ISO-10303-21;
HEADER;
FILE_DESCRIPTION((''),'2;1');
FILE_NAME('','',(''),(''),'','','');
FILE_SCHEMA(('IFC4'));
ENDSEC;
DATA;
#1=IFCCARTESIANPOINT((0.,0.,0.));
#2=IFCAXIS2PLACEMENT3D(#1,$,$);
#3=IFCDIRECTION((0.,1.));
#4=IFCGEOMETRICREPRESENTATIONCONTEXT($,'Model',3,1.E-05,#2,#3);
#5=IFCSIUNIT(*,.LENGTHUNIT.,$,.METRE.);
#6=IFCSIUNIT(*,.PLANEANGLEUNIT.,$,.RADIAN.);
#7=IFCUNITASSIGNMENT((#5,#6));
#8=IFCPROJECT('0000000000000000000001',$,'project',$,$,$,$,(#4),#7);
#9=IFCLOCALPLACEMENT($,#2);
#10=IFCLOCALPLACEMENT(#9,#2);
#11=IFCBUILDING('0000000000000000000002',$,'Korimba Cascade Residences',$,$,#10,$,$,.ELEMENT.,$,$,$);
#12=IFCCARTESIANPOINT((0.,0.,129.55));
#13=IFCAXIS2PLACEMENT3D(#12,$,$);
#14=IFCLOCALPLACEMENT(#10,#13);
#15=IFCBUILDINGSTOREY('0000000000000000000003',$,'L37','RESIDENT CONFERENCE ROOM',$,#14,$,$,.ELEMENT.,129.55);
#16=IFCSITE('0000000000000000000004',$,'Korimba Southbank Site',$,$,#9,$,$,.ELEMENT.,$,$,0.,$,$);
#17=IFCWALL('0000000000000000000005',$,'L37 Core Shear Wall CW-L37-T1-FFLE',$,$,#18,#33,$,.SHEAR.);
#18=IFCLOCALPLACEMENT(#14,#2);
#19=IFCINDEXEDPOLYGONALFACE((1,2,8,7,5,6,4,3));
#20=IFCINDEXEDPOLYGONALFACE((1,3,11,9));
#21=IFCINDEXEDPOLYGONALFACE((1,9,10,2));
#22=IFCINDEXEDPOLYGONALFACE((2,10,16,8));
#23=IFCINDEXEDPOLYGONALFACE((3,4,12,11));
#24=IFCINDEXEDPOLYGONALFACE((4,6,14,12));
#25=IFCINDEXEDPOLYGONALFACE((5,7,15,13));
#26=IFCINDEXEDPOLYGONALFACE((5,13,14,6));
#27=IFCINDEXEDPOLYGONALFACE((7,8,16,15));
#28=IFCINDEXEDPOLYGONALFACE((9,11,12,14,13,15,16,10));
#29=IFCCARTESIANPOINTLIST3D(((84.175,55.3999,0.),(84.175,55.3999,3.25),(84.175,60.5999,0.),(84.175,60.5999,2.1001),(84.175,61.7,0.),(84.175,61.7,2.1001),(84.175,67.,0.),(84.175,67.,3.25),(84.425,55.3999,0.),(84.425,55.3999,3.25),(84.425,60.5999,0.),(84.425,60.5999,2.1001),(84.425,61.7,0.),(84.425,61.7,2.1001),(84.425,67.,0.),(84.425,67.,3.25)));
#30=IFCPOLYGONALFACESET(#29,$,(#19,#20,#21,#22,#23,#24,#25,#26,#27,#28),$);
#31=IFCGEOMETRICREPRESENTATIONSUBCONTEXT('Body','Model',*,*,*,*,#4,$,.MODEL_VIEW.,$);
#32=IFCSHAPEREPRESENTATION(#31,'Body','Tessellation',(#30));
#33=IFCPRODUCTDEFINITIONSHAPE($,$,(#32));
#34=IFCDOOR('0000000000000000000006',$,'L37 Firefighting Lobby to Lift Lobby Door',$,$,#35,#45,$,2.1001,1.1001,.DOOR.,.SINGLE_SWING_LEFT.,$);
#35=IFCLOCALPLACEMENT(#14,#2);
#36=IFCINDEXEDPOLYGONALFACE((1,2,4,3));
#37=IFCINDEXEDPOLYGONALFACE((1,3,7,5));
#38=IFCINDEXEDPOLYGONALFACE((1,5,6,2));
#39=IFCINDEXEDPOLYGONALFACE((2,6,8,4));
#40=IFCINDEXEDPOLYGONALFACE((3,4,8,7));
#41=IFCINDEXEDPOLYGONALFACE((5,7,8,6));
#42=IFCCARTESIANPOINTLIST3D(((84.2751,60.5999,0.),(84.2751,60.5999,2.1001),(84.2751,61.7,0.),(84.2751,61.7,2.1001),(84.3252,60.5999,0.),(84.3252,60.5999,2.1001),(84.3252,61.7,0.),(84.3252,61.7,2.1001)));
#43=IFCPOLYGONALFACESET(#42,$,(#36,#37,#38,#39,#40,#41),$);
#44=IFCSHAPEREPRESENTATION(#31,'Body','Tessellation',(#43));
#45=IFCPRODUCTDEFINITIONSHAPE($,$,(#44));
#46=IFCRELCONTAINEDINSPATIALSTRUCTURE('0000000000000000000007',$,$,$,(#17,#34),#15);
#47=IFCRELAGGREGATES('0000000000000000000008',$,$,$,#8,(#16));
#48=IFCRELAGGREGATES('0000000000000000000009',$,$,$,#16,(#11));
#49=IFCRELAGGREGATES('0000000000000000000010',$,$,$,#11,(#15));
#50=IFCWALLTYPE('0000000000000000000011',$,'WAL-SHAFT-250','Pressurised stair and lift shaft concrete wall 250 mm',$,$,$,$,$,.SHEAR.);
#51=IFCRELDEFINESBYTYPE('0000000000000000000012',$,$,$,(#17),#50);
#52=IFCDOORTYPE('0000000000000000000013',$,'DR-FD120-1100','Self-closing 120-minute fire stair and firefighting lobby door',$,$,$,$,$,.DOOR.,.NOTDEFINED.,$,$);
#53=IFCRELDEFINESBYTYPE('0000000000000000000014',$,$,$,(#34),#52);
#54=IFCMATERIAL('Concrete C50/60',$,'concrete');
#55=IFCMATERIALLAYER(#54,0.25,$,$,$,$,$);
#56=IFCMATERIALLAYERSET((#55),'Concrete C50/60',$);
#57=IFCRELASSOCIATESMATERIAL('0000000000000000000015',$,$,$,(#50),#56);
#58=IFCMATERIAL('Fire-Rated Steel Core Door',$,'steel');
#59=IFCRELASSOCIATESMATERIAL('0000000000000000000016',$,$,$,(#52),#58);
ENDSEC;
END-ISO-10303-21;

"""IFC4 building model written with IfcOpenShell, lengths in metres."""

from ifc_helpers import new_model, si_unit, direction, frame, frame_2d, origin, place, context, subcontext, project, spatial, rectangle, extrude, material, layer, layer_set, type_object, element, fill, save


model = new_model("IFC4")

# Units and contexts
model_context = context("Model", 3, precision=1e-05, world=origin(), true_north=direction((0.0, 1.0)))
body_context = subcontext(model_context, "Body", "Model", "MODEL_VIEW")
ifc_project = project(units=[si_unit("LENGTHUNIT", "METRE"), si_unit("PLANEANGLEUNIT", "RADIAN")], contexts=[model_context])

# Site, building, storey
site_placement = place(None, origin())
site = spatial("IfcSite", under=ifc_project, at=site_placement, Name="Korimba Southbank Site", CompositionType="ELEMENT", RefElevation=0.0)
building_placement = place(site_placement, origin())
building = spatial("IfcBuilding", under=site, at=building_placement, Name="Korimba Cascade Residences", CompositionType="ELEMENT")
storey_placement = place(building_placement, frame((0.0, 0.0, 129.55)))
storey = spatial("IfcBuildingStorey", under=building, at=storey_placement, Name="L37", Description="RESIDENT CONFERENCE ROOM", CompositionType="ELEMENT", Elevation=129.55)

# Shared definitions
ifc_material_1 = material(Name="Concrete C50/60", Category="concrete")
ifc_layer_1 = layer(ifc_material_1, 0.25)
ifc_layer_set_1 = layer_set([ifc_layer_1], Name="Concrete C50/60")
wall_type_1 = type_object("IfcWallType", Name="WAL-SHAFT-250", Description="Pressurised stair and lift shaft concrete wall 250 mm", PredefinedType="SHEAR", material=ifc_layer_set_1)
ifc_material_2 = material(Name="Fire-Rated Steel Core Door", Category="steel")
door_type_1 = type_object("IfcDoorType", Name="DR-FD120-1100", Description="Self-closing 120-minute fire stair and firefighting lobby door", OperationType="NOTDEFINED", PredefinedType="DOOR", material=ifc_material_2)

# Wall, opening, door
wall_1_placement = place(storey_placement, frame((84.3, 55.3999, 0.0), z_axis=(0.0, 0.0, 1.0), x_axis=(0.0, 1.0, 0.0)))
wall_1 = element("IfcWall", 1, at=wall_1_placement, inside=storey, type_object=wall_type_1, Name="L37 Core Shear Wall CW-L37-T1-FFLE", PredefinedType="SHEAR", context=body_context, shape_type="SweptSolid", body=[
    extrude(rectangle(XDim=11.6001, YDim=0.25, at=frame_2d((5.8, 0.0))), origin(), (0.0, 0.0, 1.0), 3.25),
])
opening_1_placement = place(wall_1_placement, frame((5.2, 0.0, 0.0)))
opening_1 = element("IfcOpeningElement", 2, at=opening_1_placement, cuts=wall_1, PredefinedType="OPENING", context=body_context, shape_type="SweptSolid", body=[
    extrude(rectangle(XDim=1.1001, YDim=2.1001, at=frame_2d((0.55, 1.05))), frame((0.0, 0.135, 0.0), z_axis=(0.0, -1.0, 0.0), x_axis=(1.0, 0.0, 0.0)), (0.0, 0.0, 1.0), 0.27),
])
door_1_placement = place(opening_1_placement, origin())
door_1 = element("IfcDoor", 3, at=door_1_placement, inside=storey, type_object=door_type_1, Name="L37 Firefighting Lobby to Lift Lobby Door", OperationType="SINGLE_SWING_LEFT", OverallHeight=2.1001, OverallWidth=1.1001, PredefinedType="DOOR", context=body_context, shape_type="SweptSolid", body=[
    extrude(rectangle(XDim=1.1001, YDim=2.1001, at=frame_2d((0.55, 1.05))), frame((0.0, 0.0249, 0.0), z_axis=(0.0, -1.0, 0.0), x_axis=(1.0, 0.0, 0.0)), (0.0, 0.0, 1.0), 0.05),
])
fill(opening_1, door_1)

save(model, "model.ifc")
